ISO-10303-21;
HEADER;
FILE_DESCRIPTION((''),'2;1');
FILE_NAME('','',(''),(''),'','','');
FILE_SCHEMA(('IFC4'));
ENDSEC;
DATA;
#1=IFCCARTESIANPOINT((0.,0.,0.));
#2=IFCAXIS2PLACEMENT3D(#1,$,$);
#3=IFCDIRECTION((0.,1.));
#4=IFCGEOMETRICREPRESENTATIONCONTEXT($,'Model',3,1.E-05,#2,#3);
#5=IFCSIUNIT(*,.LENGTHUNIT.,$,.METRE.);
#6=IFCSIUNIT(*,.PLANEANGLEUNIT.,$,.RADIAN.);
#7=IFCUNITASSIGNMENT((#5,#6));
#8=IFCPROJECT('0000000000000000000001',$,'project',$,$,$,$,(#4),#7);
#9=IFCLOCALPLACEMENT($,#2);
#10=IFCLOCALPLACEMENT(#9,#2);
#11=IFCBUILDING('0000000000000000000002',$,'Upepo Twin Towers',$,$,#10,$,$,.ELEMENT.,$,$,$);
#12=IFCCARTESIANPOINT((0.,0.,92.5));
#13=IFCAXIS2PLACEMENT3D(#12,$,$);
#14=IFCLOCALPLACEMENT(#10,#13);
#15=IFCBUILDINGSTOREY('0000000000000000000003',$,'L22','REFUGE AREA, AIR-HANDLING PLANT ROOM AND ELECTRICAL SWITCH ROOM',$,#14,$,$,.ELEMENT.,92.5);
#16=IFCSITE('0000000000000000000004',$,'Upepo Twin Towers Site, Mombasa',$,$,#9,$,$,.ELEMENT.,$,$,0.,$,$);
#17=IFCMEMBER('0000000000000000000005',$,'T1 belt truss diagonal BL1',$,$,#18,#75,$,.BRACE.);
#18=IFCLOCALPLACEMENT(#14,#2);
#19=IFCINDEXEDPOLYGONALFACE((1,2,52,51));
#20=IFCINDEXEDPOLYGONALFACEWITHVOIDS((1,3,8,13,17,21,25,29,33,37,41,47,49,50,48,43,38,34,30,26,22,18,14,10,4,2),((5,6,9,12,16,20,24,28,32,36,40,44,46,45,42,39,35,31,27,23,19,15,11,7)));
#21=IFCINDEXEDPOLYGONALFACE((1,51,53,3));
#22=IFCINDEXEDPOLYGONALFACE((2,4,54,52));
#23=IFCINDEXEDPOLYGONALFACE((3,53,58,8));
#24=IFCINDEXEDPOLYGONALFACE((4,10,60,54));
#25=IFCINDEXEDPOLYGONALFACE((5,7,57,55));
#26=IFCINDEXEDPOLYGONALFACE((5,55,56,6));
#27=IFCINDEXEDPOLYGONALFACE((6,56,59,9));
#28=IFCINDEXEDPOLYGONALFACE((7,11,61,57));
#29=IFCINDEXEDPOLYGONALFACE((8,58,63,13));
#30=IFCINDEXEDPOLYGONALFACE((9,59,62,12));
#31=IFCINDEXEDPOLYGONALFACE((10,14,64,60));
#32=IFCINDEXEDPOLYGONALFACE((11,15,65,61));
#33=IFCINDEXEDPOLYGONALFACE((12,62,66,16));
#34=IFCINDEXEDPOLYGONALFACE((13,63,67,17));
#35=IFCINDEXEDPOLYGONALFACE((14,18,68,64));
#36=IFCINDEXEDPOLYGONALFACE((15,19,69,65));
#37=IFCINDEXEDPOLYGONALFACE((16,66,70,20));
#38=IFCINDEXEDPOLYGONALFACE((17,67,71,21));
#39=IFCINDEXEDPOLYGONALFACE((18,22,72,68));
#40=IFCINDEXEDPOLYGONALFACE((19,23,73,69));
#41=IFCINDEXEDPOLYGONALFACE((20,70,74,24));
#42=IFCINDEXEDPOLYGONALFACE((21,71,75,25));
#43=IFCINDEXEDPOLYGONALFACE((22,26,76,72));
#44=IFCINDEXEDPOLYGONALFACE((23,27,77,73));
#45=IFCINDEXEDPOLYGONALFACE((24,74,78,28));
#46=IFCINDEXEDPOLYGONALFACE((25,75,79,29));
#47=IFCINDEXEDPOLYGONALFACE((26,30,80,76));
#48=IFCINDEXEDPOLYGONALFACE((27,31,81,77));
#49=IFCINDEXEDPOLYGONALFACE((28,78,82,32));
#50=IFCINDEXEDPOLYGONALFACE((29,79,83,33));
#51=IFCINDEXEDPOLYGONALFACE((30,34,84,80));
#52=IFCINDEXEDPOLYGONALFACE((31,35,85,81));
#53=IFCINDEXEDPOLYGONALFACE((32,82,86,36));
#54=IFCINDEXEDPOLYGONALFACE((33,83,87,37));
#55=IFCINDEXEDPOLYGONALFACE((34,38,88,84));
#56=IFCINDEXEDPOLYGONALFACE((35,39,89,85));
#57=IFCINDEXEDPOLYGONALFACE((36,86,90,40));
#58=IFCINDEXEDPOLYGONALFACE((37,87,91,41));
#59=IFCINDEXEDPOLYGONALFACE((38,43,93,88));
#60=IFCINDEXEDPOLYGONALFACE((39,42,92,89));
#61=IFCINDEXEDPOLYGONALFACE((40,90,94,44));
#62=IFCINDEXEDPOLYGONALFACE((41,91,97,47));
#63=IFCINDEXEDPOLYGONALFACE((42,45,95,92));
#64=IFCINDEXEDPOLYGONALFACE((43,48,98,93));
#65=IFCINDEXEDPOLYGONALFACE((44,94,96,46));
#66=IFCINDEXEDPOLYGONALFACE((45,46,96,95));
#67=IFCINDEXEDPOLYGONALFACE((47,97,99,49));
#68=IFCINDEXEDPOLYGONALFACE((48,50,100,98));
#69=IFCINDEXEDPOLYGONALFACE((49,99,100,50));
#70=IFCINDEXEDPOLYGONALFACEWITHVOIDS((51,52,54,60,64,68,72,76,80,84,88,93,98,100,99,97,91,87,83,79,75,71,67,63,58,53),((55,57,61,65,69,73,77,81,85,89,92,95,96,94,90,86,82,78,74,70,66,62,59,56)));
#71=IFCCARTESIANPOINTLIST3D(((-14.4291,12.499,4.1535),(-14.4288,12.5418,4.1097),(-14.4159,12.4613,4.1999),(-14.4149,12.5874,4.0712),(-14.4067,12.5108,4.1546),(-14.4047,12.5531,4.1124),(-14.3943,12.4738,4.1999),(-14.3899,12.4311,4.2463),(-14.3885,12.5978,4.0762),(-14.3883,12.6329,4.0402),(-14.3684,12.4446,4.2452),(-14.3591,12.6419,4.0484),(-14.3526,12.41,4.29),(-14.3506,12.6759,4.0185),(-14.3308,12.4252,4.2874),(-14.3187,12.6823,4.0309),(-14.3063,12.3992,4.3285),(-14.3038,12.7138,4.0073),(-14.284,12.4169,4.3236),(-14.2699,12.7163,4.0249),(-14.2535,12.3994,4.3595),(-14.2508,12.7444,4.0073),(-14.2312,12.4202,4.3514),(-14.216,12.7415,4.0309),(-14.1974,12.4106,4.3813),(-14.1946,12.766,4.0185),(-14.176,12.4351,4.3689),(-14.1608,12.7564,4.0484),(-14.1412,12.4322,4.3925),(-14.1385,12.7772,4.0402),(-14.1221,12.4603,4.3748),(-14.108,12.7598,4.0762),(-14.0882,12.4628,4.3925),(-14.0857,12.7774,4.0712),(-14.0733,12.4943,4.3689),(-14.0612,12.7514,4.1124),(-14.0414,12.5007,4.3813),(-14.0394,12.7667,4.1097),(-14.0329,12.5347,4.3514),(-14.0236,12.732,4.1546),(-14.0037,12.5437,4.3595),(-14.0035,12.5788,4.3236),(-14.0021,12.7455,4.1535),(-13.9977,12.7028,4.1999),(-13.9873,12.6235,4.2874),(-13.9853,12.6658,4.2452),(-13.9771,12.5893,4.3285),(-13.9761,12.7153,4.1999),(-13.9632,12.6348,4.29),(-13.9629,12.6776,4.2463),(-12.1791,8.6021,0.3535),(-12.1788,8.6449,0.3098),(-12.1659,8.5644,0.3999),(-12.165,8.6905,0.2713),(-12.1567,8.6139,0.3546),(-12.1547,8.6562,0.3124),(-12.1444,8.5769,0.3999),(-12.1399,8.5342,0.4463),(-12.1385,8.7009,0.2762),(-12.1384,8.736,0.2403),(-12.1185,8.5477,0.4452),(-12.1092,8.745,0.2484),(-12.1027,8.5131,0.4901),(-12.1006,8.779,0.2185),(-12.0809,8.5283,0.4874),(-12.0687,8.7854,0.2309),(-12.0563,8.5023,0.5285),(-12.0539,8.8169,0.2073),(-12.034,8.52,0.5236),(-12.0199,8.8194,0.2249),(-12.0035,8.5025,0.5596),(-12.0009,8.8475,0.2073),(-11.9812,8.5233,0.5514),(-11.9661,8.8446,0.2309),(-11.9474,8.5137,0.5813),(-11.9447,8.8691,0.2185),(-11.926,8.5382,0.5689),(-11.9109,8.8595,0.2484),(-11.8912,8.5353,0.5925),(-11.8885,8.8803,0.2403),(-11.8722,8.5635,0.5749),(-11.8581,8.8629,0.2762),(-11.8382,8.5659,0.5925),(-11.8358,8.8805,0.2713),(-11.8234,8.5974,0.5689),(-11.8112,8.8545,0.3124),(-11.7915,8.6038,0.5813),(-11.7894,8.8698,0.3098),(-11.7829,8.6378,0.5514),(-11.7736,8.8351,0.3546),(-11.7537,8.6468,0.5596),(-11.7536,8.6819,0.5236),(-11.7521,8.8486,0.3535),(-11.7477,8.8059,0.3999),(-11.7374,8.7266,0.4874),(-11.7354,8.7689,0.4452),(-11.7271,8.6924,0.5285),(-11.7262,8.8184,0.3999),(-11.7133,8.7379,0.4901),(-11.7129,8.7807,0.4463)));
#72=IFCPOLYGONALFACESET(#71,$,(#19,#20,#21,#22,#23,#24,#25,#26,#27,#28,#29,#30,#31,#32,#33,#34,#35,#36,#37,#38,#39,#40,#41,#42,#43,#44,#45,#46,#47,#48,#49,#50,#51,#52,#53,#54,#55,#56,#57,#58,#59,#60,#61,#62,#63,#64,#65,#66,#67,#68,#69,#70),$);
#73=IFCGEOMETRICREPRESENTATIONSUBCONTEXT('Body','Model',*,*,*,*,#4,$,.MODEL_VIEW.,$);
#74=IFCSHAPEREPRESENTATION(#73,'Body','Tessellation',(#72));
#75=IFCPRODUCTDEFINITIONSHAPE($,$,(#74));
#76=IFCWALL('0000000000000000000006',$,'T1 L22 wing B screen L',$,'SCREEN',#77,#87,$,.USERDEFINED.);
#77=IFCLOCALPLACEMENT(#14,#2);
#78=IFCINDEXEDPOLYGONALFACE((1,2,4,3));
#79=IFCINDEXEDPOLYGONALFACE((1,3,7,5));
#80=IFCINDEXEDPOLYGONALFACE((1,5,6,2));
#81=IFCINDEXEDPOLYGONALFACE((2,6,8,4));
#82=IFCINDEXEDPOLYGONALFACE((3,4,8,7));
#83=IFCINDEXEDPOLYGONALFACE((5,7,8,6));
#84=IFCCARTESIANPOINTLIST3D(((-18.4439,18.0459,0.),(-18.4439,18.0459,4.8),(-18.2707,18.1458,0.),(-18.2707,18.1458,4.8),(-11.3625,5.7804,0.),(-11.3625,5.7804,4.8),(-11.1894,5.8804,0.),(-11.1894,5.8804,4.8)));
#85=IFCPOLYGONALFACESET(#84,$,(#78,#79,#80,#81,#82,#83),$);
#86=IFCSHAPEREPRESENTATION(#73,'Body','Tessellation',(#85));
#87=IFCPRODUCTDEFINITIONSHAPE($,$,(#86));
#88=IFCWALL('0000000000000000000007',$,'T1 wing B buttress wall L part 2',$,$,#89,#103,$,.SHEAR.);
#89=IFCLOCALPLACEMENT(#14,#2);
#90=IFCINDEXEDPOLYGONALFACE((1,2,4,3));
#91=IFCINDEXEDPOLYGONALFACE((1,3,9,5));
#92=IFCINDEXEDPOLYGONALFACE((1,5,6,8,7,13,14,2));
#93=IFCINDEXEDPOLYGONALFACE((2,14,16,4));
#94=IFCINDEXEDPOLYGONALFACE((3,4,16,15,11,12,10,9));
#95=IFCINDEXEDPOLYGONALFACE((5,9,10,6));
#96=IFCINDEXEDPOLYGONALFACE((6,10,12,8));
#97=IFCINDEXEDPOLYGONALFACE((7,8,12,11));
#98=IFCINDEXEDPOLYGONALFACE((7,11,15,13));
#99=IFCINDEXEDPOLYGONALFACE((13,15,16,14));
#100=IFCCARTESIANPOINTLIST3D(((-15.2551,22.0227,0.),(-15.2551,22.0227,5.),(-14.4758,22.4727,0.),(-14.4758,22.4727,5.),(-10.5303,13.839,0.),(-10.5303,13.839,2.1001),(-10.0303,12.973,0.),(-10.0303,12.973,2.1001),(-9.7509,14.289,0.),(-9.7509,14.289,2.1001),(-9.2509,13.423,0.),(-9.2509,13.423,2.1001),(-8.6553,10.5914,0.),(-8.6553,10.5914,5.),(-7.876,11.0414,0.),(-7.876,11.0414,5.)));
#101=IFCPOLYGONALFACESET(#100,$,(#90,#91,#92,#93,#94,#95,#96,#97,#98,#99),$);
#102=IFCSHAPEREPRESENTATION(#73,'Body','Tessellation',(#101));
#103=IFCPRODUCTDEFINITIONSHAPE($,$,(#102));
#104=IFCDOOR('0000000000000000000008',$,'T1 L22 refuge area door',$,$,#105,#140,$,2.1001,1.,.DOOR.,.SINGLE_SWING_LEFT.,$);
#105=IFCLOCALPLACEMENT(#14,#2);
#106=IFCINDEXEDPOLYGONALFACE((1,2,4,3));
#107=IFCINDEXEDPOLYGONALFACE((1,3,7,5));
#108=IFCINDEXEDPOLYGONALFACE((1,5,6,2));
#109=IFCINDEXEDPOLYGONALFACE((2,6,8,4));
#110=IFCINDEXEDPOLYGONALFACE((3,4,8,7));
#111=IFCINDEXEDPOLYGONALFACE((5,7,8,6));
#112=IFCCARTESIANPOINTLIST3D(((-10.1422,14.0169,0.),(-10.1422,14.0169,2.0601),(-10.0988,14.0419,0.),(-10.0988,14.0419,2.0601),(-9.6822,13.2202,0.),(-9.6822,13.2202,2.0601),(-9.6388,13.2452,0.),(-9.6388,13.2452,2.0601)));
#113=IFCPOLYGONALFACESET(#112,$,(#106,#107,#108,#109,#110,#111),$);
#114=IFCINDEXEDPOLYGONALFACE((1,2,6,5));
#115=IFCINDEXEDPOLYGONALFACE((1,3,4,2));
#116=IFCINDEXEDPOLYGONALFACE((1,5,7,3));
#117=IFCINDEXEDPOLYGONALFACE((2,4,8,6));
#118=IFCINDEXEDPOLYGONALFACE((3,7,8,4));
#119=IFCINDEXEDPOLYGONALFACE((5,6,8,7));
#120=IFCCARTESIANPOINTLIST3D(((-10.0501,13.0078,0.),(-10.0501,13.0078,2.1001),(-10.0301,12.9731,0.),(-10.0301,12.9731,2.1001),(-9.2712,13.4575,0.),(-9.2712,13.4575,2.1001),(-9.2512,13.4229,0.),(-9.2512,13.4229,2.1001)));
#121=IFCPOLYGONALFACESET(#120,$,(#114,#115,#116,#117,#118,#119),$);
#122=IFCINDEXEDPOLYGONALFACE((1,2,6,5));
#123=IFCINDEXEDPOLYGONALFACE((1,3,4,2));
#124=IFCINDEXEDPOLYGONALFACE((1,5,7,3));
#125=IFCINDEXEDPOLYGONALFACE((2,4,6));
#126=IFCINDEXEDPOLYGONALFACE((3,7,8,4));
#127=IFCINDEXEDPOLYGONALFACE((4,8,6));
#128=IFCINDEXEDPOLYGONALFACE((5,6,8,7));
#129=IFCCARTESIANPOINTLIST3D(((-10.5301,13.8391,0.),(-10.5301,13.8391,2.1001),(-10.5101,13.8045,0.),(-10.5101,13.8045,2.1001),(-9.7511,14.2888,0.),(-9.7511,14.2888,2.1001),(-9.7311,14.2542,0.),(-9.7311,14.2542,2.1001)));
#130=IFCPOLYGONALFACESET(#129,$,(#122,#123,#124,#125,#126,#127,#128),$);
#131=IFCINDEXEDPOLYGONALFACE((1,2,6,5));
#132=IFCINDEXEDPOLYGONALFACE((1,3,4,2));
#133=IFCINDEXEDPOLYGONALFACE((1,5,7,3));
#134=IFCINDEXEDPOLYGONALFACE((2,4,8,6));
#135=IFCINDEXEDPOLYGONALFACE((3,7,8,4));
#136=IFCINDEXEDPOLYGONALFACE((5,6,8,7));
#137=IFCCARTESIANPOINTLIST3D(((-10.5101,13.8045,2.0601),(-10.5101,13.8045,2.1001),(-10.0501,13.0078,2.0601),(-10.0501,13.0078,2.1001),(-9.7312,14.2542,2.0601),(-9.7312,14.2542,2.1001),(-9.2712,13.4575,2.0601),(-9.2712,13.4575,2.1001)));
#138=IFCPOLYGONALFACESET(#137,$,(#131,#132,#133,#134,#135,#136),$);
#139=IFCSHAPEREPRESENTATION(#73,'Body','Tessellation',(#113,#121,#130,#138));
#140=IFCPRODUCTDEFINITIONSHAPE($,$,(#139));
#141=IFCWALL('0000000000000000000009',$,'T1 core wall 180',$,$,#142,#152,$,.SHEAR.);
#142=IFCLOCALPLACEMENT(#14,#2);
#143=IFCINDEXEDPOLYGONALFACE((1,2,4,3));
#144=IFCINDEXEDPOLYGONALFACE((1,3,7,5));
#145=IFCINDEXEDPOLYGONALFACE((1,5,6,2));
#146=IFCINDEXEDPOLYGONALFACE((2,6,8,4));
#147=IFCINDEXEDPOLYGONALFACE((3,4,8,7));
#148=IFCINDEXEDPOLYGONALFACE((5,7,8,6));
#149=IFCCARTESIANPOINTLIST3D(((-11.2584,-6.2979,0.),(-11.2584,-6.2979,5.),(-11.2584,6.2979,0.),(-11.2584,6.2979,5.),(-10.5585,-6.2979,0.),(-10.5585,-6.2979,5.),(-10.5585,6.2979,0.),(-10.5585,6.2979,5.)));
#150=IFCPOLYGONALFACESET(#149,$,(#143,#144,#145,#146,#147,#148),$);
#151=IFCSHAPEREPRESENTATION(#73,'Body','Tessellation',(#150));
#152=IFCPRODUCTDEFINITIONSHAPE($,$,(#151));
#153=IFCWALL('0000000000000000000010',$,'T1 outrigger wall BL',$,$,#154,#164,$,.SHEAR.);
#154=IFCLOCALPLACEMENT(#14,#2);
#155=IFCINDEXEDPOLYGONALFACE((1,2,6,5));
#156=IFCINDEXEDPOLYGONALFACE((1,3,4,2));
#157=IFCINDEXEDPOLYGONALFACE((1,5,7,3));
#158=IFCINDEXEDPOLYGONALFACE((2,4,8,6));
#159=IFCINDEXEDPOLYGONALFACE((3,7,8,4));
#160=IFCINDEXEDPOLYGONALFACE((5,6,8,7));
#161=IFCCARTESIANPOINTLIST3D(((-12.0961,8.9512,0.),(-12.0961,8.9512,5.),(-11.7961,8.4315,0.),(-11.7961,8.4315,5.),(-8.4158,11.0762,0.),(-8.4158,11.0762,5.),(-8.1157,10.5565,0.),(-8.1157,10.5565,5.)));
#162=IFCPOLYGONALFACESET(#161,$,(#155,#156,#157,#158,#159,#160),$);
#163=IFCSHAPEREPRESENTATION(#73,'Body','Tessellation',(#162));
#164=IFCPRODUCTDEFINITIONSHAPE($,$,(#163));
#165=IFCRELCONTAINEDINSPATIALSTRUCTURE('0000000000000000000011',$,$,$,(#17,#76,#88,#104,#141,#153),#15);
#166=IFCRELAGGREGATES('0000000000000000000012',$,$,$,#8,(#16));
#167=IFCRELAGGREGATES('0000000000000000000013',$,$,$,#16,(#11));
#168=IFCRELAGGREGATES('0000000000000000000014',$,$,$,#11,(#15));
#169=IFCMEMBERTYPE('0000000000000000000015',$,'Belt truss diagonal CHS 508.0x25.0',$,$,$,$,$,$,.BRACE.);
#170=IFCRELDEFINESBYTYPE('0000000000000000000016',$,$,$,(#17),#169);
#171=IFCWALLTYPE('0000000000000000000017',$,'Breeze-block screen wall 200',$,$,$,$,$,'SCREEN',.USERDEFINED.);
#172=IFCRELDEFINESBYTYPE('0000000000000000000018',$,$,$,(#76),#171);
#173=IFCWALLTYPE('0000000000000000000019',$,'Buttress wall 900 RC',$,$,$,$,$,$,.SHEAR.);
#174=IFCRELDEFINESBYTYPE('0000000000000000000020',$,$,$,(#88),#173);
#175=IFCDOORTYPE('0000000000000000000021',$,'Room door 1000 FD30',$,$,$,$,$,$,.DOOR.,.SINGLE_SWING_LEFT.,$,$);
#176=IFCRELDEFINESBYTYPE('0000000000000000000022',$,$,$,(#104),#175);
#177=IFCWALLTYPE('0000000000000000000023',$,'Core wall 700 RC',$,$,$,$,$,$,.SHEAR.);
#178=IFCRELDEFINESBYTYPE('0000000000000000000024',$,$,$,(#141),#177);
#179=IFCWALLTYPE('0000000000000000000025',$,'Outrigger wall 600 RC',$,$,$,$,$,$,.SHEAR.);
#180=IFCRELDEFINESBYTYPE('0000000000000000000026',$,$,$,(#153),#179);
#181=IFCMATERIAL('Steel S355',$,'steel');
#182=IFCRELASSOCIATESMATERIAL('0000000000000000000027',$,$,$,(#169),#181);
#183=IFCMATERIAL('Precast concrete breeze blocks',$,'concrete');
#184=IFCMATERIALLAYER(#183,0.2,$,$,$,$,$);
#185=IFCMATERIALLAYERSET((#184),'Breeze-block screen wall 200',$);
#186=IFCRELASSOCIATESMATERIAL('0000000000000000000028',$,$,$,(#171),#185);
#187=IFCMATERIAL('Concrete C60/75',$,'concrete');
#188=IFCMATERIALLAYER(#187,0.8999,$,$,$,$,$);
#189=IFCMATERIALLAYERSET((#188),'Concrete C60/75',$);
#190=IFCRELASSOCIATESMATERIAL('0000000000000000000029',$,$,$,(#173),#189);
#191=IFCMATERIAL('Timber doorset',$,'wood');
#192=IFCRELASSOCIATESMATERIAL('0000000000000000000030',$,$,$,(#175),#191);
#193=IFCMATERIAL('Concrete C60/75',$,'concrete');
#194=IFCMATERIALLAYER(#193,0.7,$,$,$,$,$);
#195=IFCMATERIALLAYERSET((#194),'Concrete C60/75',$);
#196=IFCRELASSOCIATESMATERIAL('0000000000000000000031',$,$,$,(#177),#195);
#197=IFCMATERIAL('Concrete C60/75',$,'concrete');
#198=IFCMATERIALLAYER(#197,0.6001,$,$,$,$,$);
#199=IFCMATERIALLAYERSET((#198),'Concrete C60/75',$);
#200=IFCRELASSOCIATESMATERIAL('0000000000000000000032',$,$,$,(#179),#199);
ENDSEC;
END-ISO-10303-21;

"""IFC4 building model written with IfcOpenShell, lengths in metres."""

from ifc_helpers import new_model, si_unit, direction, frame, frame_2d, origin, origin_2d, place, context, subcontext, project, spatial, rectangle, hollow_circle, extrude, material, layer, layer_set, material_profile, profile_set, type_object, element, fill, save


model = new_model("IFC4")

# Units and contexts
model_context = context("Model", 3, precision=1e-05, world=origin(), true_north=direction((0.0, 1.0)))
body_context = subcontext(model_context, "Body", "Model", "MODEL_VIEW")
ifc_project = project(units=[si_unit("LENGTHUNIT", "METRE"), si_unit("PLANEANGLEUNIT", "RADIAN")], contexts=[model_context])

# Site, building, storey
site_placement = place(None, origin())
site = spatial("IfcSite", under=ifc_project, at=site_placement, Name="Upepo Twin Towers Site, Mombasa", CompositionType="ELEMENT", RefElevation=0.0)
building_placement = place(site_placement, origin())
building = spatial("IfcBuilding", under=site, at=building_placement, Name="Upepo Twin Towers", CompositionType="ELEMENT")
storey_placement = place(building_placement, frame((0.0, 0.0, 92.5)))
storey = spatial("IfcBuildingStorey", under=building, at=storey_placement, Name="L22", Description="REFUGE AREA, AIR-HANDLING PLANT ROOM AND ELECTRICAL SWITCH ROOM", CompositionType="ELEMENT", Elevation=92.5)

# Member
ifc_material_1 = material(Name="Steel S355", Category="steel")
ifc_material_profile_1 = material_profile(ifc_material_1, hollow_circle(Radius=0.2539, WallThickness=0.0249, at=origin_2d()), Name="CHS 508.0x25.0")
ifc_profile_set_1 = profile_set([ifc_material_profile_1], Name="Steel S355")
member_type = type_object("IfcMemberType", Name="Belt truss diagonal CHS 508.0x25.0", PredefinedType="BRACE", material=ifc_profile_set_1)
member_placement = place(storey_placement, frame((-11.946, 8.6914, 0.3999), z_axis=(-0.382019, 0.661652, 0.645196), x_axis=(-0.866018, -0.500014, 0.0)))
element("IfcMember", 1, at=member_placement, inside=storey, type_object=member_type, Name="T1 belt truss diagonal BL1", PredefinedType="BRACE", context=body_context, shape_type="SweptSolid", body=[
    extrude(hollow_circle(Radius=0.2539, WallThickness=0.0249, at=origin_2d()), origin(), (0.0, 0.0, 1.0), 5.8896),
])

# Wall
ifc_material_2 = material(Name="Precast concrete breeze blocks", Category="concrete")
ifc_layer_1 = layer(ifc_material_2, 0.2)
ifc_layer_set_1 = layer_set([ifc_layer_1], Name="Breeze-block screen wall 200")
wall_type_1 = type_object("IfcWallType", Name="Breeze-block screen wall 200", ElementType="SCREEN", PredefinedType="USERDEFINED", material=ifc_layer_set_1)
wall_1_placement = place(storey_placement, frame((-11.2759, 5.8303, 0.0), z_axis=(0.0, 0.0, 1.0), x_axis=(-0.499994, 0.866029, 0.0)))
element("IfcWall", 2, at=wall_1_placement, inside=storey, type_object=wall_type_1, Name="T1 L22 wing B screen L", ObjectType="SCREEN", PredefinedType="USERDEFINED", context=body_context, shape_type="SweptSolid", body=[
    extrude(rectangle(XDim=14.1628, YDim=0.2, at=frame_2d((7.0815, 0.0))), origin(), (0.0, 0.0, 1.0), 4.8),
])

# Wall, opening, door
ifc_material_3 = material(Name="Concrete C60/75", Category="concrete")
ifc_layer_2 = layer(ifc_material_3, 0.8999)
ifc_layer_set_2 = layer_set([ifc_layer_2], Name="Concrete C60/75")
wall_type_2 = type_object("IfcWallType", Name="Buttress wall 900 RC", PredefinedType="SHEAR", material=ifc_layer_set_2)
wall_2_placement = place(storey_placement, frame((-8.2656, 10.8164, 0.0), z_axis=(0.0, 0.0, 1.0), x_axis=(-0.499996, 0.866028, 0.0)))
wall_2 = element("IfcWall", 3, at=wall_2_placement, inside=storey, type_object=wall_type_2, Name="T1 wing B buttress wall L part 2", PredefinedType="SHEAR", context=body_context, shape_type="SweptSolid", body=[
    extrude(rectangle(XDim=13.1997, YDim=0.8999, at=frame_2d((6.5999, 0.0))), origin(), (0.0, 0.0, 1.0), 5.0),
])
opening_placement = place(wall_2_placement, frame((2.75, 0.0, 0.0)))
opening = element("IfcOpeningElement", 4, at=opening_placement, cuts=wall_2, PredefinedType="OPENING", context=body_context, shape_type="SweptSolid", body=[
    extrude(rectangle(XDim=1.0, YDim=2.1001, at=frame_2d((0.5, 1.05))), frame((0.0, 0.46, 0.0), z_axis=(0.0, -1.0, 0.0), x_axis=(1.0, 0.0, 0.0)), (0.0, 0.0, 1.0), 0.9199),
])
ifc_material_4 = material(Name="Timber doorset", Category="wood")
door_type = type_object("IfcDoorType", Name="Room door 1000 FD30", OperationType="SINGLE_SWING_LEFT", PredefinedType="DOOR", material=ifc_material_4)
door_placement = place(opening_placement, origin())
door = element("IfcDoor", 5, at=door_placement, inside=storey, type_object=door_type, Name="T1 L22 refuge area door", OperationType="SINGLE_SWING_LEFT", OverallHeight=2.1001, OverallWidth=1.0, PredefinedType="DOOR", context=body_context, shape_type="SweptSolid", body=[
    extrude(rectangle(XDim=0.92, YDim=2.0601, at=frame_2d((0.5, 1.03))), frame((0.0, 0.0249, 0.0), z_axis=(0.0, -1.0, 0.0), x_axis=(1.0, 0.0, 0.0)), (0.0, 0.0, 1.0), 0.05),
    extrude(rectangle(XDim=0.04, YDim=2.1001, at=frame_2d((0.02, 1.05))), frame((0.0, 0.4497, 0.0), z_axis=(0.0, -1.0, 0.0), x_axis=(1.0, 0.0, 0.0)), (0.0, 0.0, 1.0), 0.8994),
    extrude(rectangle(XDim=0.04, YDim=2.1001, at=frame_2d((0.98, 1.05))), frame((0.0, 0.4497, 0.0), z_axis=(0.0, -1.0, 0.0), x_axis=(1.0, 0.0, 0.0)), (0.0, 0.0, 1.0), 0.8994),
    extrude(rectangle(XDim=0.92, YDim=0.04, at=frame_2d((0.5, 2.0801))), frame((0.0, 0.4497, 0.0), z_axis=(0.0, -1.0, 0.0), x_axis=(1.0, 0.0, 0.0)), (0.0, 0.0, 1.0), 0.8994),
])
fill(opening, door)

# Walls
ifc_material_5 = material(Name="Concrete C60/75", Category="concrete")
ifc_layer_3 = layer(ifc_material_5, 0.7)
ifc_layer_set_3 = layer_set([ifc_layer_3], Name="Concrete C60/75")
wall_type_3 = type_object("IfcWallType", Name="Core wall 700 RC", PredefinedType="SHEAR", material=ifc_layer_set_3)
wall_3_placement = place(storey_placement, frame((-10.9084, 6.2979, 0.0), z_axis=(0.0, 0.0, 1.0), x_axis=(0.0, -1.0, 0.0)))
element("IfcWall", 6, at=wall_3_placement, inside=storey, type_object=wall_type_3, Name="T1 core wall 180", PredefinedType="SHEAR", context=body_context, shape_type="SweptSolid", body=[
    extrude(rectangle(XDim=12.5957, YDim=0.7, at=frame_2d((6.2979, 0.0))), origin(), (0.0, 0.0, 1.0), 5.0),
])
ifc_material_6 = material(Name="Concrete C60/75", Category="concrete")
ifc_layer_4 = layer(ifc_material_6, 0.6001)
ifc_layer_set_4 = layer_set([ifc_layer_4], Name="Concrete C60/75")
wall_type_4 = type_object("IfcWallType", Name="Outrigger wall 600 RC", PredefinedType="SHEAR", material=ifc_layer_set_4)
wall_4_placement = place(storey_placement, frame((-8.2656, 10.8164, 0.0), z_axis=(0.0, 0.0, 1.0), x_axis=(-0.866014, -0.500019, 0.0)))
element("IfcWall", 7, at=wall_4_placement, inside=storey, type_object=wall_type_4, Name="T1 outrigger wall BL", PredefinedType="SHEAR", context=body_context, shape_type="SweptSolid", body=[
    extrude(rectangle(XDim=4.2498, YDim=0.6001, at=frame_2d((2.125, 0.0))), origin(), (0.0, 0.0, 1.0), 5.0),
])

save(model, "model.ifc")
